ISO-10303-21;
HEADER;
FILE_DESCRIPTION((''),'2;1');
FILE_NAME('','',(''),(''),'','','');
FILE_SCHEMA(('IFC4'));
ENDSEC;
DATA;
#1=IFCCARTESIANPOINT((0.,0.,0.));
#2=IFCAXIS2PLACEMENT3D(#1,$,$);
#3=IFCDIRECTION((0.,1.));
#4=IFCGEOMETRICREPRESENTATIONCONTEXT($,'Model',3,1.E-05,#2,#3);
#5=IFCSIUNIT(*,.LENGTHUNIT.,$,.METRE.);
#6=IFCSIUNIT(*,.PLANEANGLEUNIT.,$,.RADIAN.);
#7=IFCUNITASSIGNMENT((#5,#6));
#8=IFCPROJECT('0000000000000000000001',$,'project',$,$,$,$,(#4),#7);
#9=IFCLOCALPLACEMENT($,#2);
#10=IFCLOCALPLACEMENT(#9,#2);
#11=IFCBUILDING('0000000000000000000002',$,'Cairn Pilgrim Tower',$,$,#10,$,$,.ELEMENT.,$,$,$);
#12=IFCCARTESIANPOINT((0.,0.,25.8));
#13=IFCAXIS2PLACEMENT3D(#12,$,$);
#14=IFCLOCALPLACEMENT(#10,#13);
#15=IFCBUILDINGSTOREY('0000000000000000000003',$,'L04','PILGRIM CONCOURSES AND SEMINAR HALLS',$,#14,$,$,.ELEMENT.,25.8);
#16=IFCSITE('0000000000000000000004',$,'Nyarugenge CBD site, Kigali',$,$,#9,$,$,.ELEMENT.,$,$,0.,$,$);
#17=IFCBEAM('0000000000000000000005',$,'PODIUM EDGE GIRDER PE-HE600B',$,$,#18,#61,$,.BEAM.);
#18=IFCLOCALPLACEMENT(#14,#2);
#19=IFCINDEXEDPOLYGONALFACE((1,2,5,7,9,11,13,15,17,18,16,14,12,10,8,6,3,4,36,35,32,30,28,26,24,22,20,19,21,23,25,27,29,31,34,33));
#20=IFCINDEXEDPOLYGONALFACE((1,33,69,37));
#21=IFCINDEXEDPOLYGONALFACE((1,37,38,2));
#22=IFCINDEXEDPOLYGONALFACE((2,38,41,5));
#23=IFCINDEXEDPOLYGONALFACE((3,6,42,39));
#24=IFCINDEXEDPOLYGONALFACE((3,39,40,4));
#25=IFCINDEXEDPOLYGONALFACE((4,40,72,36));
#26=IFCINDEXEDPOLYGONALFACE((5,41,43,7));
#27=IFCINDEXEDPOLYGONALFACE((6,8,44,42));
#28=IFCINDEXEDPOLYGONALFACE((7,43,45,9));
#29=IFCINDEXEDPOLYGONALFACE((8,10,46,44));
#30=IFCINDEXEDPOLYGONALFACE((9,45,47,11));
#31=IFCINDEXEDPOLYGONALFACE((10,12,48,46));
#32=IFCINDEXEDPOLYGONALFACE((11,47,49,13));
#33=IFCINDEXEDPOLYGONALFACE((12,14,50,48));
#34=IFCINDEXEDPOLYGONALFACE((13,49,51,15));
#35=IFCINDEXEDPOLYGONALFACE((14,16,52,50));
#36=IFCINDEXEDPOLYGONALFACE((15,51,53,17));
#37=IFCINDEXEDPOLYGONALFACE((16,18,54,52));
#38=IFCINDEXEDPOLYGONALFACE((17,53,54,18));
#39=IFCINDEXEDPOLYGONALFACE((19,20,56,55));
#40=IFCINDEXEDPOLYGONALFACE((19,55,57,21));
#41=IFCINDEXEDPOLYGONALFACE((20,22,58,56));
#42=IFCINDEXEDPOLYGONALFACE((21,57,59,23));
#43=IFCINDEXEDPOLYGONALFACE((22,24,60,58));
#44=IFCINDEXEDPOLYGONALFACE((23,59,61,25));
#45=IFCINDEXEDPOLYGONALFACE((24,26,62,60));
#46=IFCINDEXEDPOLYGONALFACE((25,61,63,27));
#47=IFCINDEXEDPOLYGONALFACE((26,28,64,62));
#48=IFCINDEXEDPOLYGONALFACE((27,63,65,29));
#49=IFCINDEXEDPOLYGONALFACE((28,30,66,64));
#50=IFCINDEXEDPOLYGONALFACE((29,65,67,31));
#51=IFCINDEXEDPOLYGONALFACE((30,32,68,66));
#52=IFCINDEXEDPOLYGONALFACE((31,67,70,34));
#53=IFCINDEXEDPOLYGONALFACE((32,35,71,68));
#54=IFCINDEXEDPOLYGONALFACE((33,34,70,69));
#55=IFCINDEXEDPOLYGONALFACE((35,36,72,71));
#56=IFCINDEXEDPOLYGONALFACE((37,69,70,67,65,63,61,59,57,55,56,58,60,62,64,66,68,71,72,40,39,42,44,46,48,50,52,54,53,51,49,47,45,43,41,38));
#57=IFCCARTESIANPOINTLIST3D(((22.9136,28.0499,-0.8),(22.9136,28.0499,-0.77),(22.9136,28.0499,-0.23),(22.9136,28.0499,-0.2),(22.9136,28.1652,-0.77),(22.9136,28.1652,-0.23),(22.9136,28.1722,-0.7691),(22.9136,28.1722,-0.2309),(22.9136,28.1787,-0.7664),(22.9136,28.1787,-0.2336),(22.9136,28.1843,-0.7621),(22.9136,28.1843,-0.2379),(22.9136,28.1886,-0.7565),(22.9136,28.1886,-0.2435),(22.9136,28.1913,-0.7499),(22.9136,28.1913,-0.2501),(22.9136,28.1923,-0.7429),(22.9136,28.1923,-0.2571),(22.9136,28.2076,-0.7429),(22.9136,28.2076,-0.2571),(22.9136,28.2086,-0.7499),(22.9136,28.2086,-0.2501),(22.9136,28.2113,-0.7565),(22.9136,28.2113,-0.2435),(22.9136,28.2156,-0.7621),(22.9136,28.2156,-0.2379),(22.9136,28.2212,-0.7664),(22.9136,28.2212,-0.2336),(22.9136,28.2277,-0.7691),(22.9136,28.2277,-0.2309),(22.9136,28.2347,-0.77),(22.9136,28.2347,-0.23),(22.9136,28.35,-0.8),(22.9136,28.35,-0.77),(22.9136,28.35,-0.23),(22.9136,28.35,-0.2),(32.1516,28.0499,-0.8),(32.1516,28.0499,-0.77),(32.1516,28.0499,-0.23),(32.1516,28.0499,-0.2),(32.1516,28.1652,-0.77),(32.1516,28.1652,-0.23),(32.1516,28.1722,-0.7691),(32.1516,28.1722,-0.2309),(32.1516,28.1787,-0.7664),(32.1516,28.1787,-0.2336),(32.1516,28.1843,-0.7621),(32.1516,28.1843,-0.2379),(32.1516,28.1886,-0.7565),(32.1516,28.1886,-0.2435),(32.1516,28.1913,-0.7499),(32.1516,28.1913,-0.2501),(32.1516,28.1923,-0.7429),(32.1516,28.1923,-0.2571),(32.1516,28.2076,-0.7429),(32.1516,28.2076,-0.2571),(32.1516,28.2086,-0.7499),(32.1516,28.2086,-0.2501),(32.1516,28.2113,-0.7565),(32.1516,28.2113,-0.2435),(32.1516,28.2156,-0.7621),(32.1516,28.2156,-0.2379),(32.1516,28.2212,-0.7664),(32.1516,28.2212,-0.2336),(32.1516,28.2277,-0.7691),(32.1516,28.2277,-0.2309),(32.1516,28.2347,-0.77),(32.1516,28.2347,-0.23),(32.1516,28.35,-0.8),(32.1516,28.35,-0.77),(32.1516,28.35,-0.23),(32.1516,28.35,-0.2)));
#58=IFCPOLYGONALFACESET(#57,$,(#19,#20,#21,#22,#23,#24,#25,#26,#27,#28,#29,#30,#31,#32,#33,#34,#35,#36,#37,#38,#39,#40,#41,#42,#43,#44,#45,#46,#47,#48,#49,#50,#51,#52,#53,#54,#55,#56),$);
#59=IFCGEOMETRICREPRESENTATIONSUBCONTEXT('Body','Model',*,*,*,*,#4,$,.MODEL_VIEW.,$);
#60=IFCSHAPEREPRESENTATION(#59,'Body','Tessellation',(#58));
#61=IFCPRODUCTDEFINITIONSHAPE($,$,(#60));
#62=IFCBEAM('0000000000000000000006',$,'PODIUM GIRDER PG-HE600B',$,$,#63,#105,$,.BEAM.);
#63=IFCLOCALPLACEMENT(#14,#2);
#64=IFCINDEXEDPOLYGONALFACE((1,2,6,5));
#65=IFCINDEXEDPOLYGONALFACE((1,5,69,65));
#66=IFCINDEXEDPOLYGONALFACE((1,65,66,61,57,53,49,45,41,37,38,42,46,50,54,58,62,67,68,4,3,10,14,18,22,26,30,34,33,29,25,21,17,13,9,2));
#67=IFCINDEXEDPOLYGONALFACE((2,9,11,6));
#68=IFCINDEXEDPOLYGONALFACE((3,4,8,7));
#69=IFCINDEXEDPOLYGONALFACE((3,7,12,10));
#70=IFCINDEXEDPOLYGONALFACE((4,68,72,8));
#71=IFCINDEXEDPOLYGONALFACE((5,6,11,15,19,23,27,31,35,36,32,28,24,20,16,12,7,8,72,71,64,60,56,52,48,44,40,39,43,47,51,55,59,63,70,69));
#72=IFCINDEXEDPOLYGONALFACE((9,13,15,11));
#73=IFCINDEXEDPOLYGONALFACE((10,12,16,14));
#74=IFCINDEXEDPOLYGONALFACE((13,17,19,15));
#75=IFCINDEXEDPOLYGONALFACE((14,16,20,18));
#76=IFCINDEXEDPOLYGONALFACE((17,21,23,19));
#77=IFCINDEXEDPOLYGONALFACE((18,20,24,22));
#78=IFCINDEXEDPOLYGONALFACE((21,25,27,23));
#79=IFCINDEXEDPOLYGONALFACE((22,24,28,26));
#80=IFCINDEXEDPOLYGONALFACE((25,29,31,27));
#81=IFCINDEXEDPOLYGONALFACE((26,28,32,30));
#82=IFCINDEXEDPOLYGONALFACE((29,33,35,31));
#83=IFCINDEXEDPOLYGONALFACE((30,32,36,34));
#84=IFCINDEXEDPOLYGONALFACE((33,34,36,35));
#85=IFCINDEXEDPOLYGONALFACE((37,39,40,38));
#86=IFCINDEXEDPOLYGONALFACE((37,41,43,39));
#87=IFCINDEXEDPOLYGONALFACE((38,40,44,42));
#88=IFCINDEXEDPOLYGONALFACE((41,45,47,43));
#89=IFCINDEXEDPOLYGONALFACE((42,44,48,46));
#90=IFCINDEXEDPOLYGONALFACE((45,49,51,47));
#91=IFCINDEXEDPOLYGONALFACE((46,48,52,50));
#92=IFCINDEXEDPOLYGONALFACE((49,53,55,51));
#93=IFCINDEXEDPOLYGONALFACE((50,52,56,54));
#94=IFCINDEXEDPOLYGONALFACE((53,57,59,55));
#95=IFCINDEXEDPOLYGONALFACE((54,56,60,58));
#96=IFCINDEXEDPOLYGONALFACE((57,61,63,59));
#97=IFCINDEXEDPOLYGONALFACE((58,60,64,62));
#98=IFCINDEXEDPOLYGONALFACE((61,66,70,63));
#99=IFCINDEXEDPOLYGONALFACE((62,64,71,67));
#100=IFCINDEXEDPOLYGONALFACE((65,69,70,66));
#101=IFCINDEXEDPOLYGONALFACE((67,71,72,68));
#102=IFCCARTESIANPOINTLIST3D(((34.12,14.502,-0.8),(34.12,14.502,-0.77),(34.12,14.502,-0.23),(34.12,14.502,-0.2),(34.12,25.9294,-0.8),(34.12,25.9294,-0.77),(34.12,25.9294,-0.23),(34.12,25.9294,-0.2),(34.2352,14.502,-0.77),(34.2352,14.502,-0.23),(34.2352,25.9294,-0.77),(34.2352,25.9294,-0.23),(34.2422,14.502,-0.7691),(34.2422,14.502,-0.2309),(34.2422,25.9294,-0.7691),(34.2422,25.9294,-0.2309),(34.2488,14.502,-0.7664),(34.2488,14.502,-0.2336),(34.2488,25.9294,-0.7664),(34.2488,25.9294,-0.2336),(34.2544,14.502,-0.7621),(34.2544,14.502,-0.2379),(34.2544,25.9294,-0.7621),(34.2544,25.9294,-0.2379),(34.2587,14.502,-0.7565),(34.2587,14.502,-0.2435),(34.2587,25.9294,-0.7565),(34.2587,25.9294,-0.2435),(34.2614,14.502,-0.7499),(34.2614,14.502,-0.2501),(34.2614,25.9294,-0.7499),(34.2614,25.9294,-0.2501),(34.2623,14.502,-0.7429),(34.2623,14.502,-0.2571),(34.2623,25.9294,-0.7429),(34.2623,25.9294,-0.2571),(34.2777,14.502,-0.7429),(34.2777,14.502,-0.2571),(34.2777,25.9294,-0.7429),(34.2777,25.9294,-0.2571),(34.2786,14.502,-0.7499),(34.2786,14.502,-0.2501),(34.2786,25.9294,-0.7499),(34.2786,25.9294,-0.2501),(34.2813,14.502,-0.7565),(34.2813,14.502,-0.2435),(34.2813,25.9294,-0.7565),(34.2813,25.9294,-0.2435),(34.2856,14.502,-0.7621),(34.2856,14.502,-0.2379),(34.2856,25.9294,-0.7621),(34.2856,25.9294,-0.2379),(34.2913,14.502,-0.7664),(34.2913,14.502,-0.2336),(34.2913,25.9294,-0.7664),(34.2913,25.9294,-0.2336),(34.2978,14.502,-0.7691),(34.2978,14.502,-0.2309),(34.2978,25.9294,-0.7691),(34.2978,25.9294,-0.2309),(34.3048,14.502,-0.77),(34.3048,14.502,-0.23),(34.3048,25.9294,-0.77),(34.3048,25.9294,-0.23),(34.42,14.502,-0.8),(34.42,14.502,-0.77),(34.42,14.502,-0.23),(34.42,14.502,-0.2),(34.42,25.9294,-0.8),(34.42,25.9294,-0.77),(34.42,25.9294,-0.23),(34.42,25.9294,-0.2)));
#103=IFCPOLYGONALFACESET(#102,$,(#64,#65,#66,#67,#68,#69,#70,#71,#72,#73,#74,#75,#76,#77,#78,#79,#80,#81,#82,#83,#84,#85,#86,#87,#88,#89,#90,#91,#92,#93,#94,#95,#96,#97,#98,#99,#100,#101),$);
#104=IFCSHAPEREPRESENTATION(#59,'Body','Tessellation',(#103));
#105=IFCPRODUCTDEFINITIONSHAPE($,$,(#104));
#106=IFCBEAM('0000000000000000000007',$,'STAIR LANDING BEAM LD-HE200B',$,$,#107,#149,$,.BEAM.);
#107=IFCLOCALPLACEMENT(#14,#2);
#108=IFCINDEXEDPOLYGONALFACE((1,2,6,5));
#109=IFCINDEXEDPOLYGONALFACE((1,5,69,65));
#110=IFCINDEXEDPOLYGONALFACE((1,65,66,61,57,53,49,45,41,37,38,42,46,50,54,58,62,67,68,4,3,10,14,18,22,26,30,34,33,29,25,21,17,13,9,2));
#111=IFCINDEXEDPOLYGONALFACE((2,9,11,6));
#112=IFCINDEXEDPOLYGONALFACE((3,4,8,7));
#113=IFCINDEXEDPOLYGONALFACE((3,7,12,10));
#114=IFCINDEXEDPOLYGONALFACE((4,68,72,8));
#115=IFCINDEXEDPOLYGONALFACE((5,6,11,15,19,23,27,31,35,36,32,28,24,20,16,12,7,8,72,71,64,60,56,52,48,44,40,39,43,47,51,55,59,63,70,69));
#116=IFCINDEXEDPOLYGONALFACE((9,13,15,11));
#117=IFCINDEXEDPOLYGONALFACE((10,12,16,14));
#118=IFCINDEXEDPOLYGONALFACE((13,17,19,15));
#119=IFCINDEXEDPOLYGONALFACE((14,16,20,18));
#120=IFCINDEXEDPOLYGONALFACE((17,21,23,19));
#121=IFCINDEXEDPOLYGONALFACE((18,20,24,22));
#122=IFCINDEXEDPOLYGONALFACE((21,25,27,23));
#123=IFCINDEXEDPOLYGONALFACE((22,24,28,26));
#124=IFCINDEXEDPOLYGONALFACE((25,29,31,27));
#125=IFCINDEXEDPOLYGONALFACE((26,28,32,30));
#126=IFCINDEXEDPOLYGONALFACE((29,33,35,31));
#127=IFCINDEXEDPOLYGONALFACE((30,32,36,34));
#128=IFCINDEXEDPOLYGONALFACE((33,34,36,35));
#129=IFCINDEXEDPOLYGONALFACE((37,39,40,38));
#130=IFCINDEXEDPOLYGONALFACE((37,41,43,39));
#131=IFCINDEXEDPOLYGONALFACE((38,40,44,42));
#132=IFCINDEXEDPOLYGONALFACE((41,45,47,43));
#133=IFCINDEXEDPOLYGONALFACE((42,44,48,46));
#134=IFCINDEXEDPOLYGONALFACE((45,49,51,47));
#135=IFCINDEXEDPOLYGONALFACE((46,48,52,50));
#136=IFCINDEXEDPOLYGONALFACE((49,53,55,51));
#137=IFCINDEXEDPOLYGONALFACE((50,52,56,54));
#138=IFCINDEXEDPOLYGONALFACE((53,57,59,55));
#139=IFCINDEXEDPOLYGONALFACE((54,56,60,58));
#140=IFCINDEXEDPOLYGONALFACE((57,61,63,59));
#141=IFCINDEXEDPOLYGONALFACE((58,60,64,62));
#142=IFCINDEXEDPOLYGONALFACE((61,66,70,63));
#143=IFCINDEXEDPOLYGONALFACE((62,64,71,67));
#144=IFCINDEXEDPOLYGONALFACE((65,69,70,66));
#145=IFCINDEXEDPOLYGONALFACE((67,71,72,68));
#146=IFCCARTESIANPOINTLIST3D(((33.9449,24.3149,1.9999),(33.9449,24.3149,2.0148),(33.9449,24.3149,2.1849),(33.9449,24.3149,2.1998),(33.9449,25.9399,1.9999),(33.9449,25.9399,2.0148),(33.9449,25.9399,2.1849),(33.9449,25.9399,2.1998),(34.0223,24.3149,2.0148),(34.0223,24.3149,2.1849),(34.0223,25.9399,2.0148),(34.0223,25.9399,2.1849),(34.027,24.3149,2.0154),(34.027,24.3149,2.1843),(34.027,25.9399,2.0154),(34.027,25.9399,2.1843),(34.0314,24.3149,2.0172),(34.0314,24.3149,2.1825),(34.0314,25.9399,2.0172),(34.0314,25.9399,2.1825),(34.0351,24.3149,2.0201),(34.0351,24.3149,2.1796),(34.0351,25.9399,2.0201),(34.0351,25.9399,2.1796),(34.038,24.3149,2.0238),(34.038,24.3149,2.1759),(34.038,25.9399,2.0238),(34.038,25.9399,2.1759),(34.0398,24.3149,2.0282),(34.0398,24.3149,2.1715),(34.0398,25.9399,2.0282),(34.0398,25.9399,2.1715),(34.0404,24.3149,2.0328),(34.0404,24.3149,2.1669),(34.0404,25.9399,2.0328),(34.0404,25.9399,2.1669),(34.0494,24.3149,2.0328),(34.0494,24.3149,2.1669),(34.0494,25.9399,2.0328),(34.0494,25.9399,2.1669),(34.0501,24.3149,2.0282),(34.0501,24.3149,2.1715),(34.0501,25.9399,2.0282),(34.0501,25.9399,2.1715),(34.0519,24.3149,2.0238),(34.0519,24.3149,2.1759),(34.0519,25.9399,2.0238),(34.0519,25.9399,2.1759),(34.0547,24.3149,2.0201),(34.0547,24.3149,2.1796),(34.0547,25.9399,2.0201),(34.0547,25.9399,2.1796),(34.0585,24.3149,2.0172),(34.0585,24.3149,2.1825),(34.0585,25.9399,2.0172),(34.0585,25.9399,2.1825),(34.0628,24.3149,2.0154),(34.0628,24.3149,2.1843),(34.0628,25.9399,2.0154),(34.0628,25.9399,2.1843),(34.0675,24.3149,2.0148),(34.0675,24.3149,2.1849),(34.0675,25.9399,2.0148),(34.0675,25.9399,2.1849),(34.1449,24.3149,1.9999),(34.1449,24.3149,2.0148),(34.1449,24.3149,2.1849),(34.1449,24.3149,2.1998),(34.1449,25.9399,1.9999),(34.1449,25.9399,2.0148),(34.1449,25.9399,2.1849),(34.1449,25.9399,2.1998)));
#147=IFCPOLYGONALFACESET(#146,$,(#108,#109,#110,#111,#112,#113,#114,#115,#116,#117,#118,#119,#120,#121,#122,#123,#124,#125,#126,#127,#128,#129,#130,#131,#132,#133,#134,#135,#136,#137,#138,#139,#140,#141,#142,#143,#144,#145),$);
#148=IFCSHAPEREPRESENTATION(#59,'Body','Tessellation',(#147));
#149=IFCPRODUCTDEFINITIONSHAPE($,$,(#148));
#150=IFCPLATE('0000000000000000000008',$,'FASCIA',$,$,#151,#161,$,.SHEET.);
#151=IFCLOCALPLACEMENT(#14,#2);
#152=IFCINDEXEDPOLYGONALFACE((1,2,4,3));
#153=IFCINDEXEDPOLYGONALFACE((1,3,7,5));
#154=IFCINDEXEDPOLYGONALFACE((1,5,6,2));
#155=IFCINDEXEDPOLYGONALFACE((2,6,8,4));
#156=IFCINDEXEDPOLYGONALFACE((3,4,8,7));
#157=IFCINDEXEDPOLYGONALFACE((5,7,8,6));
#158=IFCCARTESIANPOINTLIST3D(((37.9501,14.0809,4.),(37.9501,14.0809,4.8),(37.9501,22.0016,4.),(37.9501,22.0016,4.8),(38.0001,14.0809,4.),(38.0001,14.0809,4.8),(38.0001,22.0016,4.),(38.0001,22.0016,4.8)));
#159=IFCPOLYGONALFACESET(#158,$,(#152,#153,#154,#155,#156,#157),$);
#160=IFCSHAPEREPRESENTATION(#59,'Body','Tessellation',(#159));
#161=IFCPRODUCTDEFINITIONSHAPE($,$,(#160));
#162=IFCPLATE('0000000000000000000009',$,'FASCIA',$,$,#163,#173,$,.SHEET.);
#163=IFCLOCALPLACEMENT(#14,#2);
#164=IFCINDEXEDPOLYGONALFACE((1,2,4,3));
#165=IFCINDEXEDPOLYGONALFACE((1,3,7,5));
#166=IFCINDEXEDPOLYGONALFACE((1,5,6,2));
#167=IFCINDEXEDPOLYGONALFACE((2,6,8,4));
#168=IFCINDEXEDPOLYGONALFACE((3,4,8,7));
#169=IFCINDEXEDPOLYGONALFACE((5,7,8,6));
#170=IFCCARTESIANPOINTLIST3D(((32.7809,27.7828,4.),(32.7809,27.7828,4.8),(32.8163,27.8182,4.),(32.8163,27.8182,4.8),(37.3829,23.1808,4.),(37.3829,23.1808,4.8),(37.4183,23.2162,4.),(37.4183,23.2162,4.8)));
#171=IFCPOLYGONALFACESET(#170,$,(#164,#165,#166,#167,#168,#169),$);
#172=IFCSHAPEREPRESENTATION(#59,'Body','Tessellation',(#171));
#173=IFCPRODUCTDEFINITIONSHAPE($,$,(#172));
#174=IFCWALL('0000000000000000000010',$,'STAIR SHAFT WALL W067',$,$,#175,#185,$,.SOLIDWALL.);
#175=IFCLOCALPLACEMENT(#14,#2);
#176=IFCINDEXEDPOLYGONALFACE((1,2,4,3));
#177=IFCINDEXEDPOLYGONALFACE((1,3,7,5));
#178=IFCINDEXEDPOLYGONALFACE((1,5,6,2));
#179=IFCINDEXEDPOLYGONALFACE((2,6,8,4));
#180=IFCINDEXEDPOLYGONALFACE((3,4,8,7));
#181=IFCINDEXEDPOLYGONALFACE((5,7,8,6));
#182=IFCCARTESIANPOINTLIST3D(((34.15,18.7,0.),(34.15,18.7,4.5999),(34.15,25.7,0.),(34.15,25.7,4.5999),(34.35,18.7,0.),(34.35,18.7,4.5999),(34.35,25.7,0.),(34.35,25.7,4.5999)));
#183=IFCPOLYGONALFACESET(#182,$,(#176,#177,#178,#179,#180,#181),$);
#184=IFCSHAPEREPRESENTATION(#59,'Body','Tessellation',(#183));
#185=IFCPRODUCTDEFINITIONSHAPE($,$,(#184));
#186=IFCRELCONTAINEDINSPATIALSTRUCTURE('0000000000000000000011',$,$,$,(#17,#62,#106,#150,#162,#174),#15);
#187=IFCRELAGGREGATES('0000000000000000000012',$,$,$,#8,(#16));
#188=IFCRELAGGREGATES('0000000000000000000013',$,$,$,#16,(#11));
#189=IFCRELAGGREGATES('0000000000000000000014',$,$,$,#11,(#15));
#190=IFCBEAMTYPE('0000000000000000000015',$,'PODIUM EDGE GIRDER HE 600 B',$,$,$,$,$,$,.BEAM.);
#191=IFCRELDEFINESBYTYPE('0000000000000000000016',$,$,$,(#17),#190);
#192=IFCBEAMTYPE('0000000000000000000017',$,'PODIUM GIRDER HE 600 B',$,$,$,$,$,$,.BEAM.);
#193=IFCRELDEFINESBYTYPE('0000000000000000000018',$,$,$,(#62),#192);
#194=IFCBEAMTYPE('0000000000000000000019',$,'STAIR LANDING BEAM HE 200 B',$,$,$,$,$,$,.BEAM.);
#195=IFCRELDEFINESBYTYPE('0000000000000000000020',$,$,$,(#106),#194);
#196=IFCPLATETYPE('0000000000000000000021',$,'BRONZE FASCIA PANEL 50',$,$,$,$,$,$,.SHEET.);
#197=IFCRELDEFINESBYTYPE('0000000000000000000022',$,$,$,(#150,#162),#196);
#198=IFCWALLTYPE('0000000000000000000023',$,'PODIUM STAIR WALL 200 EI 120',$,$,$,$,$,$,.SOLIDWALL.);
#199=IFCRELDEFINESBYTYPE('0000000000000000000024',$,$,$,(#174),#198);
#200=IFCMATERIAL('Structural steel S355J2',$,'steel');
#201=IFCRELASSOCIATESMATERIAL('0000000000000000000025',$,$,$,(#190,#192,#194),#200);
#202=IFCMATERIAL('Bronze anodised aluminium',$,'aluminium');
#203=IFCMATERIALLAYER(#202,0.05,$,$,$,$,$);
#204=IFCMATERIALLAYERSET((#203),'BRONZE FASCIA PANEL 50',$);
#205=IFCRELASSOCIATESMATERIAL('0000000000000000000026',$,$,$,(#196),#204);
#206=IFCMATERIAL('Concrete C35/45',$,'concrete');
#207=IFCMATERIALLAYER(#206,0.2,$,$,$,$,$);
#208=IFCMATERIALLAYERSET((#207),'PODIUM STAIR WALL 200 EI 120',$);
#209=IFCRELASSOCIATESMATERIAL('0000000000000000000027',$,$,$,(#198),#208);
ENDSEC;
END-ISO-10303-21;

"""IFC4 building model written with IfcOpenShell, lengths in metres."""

from ifc_helpers import new_model, si_unit, direction, frame, frame_2d, origin, origin_2d, place, context, subcontext, project, spatial, rectangle, i_section, extrude, material, layer, layer_set, material_profile, profile_set, type_object, element, save


model = new_model("IFC4")

# Units and contexts
model_context = context("Model", 3, precision=1e-05, world=origin(), true_north=direction((0.0, 1.0)))
body_context = subcontext(model_context, "Body", "Model", "MODEL_VIEW")
ifc_project = project(units=[si_unit("LENGTHUNIT", "METRE"), si_unit("PLANEANGLEUNIT", "RADIAN")], contexts=[model_context])

# Site, building, storey
site_placement = place(None, origin())
site = spatial("IfcSite", under=ifc_project, at=site_placement, Name="Nyarugenge CBD site, Kigali", CompositionType="ELEMENT", RefElevation=0.0)
building_placement = place(site_placement, origin())
building = spatial("IfcBuilding", under=site, at=building_placement, Name="Cairn Pilgrim Tower", CompositionType="ELEMENT")
storey_placement = place(building_placement, frame((0.0, 0.0, 25.8)))
storey = spatial("IfcBuildingStorey", under=building, at=storey_placement, Name="L04", Description="PILGRIM CONCOURSES AND SEMINAR HALLS", CompositionType="ELEMENT", Elevation=25.8)

# Shared definitions
ifc_material_1 = material(Name="Structural steel S355J2", Category="steel")

# Beams
ifc_material_profile_1 = material_profile(ifc_material_1, i_section(OverallWidth=0.3, OverallDepth=0.6001, WebThickness=0.0154, FlangeThickness=0.03, FilletRadius=0.0271, at=origin_2d()), Name="HEB 600")
ifc_profile_set_1 = profile_set([ifc_material_profile_1], Name="Structural steel S355J2")
beam_type_1 = type_object("IfcBeamType", Name="PODIUM EDGE GIRDER HE 600 B", PredefinedType="BEAM", material=ifc_profile_set_1)
beam_1_placement = place(storey_placement, frame((32.1516, 28.2, -0.5), z_axis=(-1.0, 0.0, 0.0), x_axis=(0.0, -1.0, 0.0)))
element("IfcBeam", 1, at=beam_1_placement, inside=storey, type_object=beam_type_1, Name="PODIUM EDGE GIRDER PE-HE600B", PredefinedType="BEAM", context=body_context, shape_type="SweptSolid", body=[
    extrude(i_section(OverallWidth=0.3, OverallDepth=0.6001, WebThickness=0.0154, FlangeThickness=0.03, FilletRadius=0.0271, at=origin_2d()), origin(), (0.0, 0.0, 1.0), 9.238),
])
ifc_material_profile_2 = material_profile(ifc_material_1, i_section(OverallWidth=0.3, OverallDepth=0.6001, WebThickness=0.0154, FlangeThickness=0.03, FilletRadius=0.0271, at=origin_2d()), Name="HEB 600")
ifc_profile_set_2 = profile_set([ifc_material_profile_2], Name="Structural steel S355J2")
beam_type_2 = type_object("IfcBeamType", Name="PODIUM GIRDER HE 600 B", PredefinedType="BEAM", material=ifc_profile_set_2)
beam_2_placement = place(storey_placement, frame((34.27, 14.502, -0.5), z_axis=(0.0, 1.0, 0.0), x_axis=(-1.0, 0.0, 0.0)))
element("IfcBeam", 2, at=beam_2_placement, inside=storey, type_object=beam_type_2, Name="PODIUM GIRDER PG-HE600B", PredefinedType="BEAM", context=body_context, shape_type="SweptSolid", body=[
    extrude(i_section(OverallWidth=0.3, OverallDepth=0.6001, WebThickness=0.0154, FlangeThickness=0.03, FilletRadius=0.0271, at=origin_2d()), origin(), (0.0, 0.0, 1.0), 11.4275),
])
ifc_material_profile_3 = material_profile(ifc_material_1, i_section(OverallWidth=0.2, OverallDepth=0.2, WebThickness=0.009, FlangeThickness=0.0149, FilletRadius=0.0181, at=origin_2d()), Name="HE 200 B")
ifc_profile_set_3 = profile_set([ifc_material_profile_3], Name="Structural steel S355J2")
beam_type_3 = type_object("IfcBeamType", Name="STAIR LANDING BEAM HE 200 B", PredefinedType="BEAM", material=ifc_profile_set_3)
beam_3_placement = place(storey_placement, frame((34.0449, 25.9399, 2.0999), z_axis=(0.0, -1.0, 0.0), x_axis=(1.0, 0.0, 0.0)))
element("IfcBeam", 3, at=beam_3_placement, inside=storey, type_object=beam_type_3, Name="STAIR LANDING BEAM LD-HE200B", PredefinedType="BEAM", context=body_context, shape_type="SweptSolid", body=[
    extrude(i_section(OverallWidth=0.2, OverallDepth=0.2, WebThickness=0.009, FlangeThickness=0.0149, FilletRadius=0.0181, at=origin_2d()), origin(), (0.0, 0.0, 1.0), 1.625),
])

# Plates
ifc_material_2 = material(Name="Bronze anodised aluminium", Category="aluminium")
ifc_layer_1 = layer(ifc_material_2, 0.05)
ifc_layer_set_1 = layer_set([ifc_layer_1], Name="BRONZE FASCIA PANEL 50")
plate_type = type_object("IfcPlateType", Name="BRONZE FASCIA PANEL 50", PredefinedType="SHEET", material=ifc_layer_set_1)
plate_1_placement = place(storey_placement, frame((37.9751, 18.0413, 4.0), z_axis=(0.0, 0.0, 1.0), x_axis=(0.0, 1.0, 0.0)))
element("IfcPlate", 4, at=plate_1_placement, inside=storey, type_object=plate_type, Name="FASCIA", PredefinedType="SHEET", context=body_context, shape_type="SweptSolid", body=[
    extrude(rectangle(XDim=7.9207, YDim=0.05, at=origin_2d()), origin(), (0.0, 0.0, 1.0), 0.8),
])
plate_2_placement = place(storey_placement, frame((35.0996, 25.4995, 4.0), z_axis=(0.0, 0.0, 1.0), x_axis=(-0.707107, 0.707107, 0.0)))
element("IfcPlate", 5, at=plate_2_placement, inside=storey, type_object=plate_type, Name="FASCIA", PredefinedType="SHEET", context=body_context, shape_type="SweptSolid", body=[
    extrude(rectangle(XDim=6.5083, YDim=0.05, at=origin_2d()), origin(), (0.0, 0.0, 1.0), 0.8),
])

# Wall
ifc_material_3 = material(Name="Concrete C35/45", Category="concrete")
ifc_layer_2 = layer(ifc_material_3, 0.2)
ifc_layer_set_2 = layer_set([ifc_layer_2], Name="PODIUM STAIR WALL 200 EI 120")
wall_type_1 = type_object("IfcWallType", Name="PODIUM STAIR WALL 200 EI 120", PredefinedType="SOLIDWALL", material=ifc_layer_set_2)
wall_1_placement = place(storey_placement, frame((34.25, 18.7, 0.0), z_axis=(0.0, 0.0, 1.0), x_axis=(0.0, 1.0, 0.0)))
element("IfcWall", 6, at=wall_1_placement, inside=storey, type_object=wall_type_1, Name="STAIR SHAFT WALL W067", PredefinedType="SOLIDWALL", context=body_context, shape_type="SweptSolid", body=[
    extrude(rectangle(XDim=7.0, YDim=0.2, at=frame_2d((3.5, 0.0))), origin(), (0.0, 0.0, 1.0), 4.5999),
])

save(model, "model.ifc")
